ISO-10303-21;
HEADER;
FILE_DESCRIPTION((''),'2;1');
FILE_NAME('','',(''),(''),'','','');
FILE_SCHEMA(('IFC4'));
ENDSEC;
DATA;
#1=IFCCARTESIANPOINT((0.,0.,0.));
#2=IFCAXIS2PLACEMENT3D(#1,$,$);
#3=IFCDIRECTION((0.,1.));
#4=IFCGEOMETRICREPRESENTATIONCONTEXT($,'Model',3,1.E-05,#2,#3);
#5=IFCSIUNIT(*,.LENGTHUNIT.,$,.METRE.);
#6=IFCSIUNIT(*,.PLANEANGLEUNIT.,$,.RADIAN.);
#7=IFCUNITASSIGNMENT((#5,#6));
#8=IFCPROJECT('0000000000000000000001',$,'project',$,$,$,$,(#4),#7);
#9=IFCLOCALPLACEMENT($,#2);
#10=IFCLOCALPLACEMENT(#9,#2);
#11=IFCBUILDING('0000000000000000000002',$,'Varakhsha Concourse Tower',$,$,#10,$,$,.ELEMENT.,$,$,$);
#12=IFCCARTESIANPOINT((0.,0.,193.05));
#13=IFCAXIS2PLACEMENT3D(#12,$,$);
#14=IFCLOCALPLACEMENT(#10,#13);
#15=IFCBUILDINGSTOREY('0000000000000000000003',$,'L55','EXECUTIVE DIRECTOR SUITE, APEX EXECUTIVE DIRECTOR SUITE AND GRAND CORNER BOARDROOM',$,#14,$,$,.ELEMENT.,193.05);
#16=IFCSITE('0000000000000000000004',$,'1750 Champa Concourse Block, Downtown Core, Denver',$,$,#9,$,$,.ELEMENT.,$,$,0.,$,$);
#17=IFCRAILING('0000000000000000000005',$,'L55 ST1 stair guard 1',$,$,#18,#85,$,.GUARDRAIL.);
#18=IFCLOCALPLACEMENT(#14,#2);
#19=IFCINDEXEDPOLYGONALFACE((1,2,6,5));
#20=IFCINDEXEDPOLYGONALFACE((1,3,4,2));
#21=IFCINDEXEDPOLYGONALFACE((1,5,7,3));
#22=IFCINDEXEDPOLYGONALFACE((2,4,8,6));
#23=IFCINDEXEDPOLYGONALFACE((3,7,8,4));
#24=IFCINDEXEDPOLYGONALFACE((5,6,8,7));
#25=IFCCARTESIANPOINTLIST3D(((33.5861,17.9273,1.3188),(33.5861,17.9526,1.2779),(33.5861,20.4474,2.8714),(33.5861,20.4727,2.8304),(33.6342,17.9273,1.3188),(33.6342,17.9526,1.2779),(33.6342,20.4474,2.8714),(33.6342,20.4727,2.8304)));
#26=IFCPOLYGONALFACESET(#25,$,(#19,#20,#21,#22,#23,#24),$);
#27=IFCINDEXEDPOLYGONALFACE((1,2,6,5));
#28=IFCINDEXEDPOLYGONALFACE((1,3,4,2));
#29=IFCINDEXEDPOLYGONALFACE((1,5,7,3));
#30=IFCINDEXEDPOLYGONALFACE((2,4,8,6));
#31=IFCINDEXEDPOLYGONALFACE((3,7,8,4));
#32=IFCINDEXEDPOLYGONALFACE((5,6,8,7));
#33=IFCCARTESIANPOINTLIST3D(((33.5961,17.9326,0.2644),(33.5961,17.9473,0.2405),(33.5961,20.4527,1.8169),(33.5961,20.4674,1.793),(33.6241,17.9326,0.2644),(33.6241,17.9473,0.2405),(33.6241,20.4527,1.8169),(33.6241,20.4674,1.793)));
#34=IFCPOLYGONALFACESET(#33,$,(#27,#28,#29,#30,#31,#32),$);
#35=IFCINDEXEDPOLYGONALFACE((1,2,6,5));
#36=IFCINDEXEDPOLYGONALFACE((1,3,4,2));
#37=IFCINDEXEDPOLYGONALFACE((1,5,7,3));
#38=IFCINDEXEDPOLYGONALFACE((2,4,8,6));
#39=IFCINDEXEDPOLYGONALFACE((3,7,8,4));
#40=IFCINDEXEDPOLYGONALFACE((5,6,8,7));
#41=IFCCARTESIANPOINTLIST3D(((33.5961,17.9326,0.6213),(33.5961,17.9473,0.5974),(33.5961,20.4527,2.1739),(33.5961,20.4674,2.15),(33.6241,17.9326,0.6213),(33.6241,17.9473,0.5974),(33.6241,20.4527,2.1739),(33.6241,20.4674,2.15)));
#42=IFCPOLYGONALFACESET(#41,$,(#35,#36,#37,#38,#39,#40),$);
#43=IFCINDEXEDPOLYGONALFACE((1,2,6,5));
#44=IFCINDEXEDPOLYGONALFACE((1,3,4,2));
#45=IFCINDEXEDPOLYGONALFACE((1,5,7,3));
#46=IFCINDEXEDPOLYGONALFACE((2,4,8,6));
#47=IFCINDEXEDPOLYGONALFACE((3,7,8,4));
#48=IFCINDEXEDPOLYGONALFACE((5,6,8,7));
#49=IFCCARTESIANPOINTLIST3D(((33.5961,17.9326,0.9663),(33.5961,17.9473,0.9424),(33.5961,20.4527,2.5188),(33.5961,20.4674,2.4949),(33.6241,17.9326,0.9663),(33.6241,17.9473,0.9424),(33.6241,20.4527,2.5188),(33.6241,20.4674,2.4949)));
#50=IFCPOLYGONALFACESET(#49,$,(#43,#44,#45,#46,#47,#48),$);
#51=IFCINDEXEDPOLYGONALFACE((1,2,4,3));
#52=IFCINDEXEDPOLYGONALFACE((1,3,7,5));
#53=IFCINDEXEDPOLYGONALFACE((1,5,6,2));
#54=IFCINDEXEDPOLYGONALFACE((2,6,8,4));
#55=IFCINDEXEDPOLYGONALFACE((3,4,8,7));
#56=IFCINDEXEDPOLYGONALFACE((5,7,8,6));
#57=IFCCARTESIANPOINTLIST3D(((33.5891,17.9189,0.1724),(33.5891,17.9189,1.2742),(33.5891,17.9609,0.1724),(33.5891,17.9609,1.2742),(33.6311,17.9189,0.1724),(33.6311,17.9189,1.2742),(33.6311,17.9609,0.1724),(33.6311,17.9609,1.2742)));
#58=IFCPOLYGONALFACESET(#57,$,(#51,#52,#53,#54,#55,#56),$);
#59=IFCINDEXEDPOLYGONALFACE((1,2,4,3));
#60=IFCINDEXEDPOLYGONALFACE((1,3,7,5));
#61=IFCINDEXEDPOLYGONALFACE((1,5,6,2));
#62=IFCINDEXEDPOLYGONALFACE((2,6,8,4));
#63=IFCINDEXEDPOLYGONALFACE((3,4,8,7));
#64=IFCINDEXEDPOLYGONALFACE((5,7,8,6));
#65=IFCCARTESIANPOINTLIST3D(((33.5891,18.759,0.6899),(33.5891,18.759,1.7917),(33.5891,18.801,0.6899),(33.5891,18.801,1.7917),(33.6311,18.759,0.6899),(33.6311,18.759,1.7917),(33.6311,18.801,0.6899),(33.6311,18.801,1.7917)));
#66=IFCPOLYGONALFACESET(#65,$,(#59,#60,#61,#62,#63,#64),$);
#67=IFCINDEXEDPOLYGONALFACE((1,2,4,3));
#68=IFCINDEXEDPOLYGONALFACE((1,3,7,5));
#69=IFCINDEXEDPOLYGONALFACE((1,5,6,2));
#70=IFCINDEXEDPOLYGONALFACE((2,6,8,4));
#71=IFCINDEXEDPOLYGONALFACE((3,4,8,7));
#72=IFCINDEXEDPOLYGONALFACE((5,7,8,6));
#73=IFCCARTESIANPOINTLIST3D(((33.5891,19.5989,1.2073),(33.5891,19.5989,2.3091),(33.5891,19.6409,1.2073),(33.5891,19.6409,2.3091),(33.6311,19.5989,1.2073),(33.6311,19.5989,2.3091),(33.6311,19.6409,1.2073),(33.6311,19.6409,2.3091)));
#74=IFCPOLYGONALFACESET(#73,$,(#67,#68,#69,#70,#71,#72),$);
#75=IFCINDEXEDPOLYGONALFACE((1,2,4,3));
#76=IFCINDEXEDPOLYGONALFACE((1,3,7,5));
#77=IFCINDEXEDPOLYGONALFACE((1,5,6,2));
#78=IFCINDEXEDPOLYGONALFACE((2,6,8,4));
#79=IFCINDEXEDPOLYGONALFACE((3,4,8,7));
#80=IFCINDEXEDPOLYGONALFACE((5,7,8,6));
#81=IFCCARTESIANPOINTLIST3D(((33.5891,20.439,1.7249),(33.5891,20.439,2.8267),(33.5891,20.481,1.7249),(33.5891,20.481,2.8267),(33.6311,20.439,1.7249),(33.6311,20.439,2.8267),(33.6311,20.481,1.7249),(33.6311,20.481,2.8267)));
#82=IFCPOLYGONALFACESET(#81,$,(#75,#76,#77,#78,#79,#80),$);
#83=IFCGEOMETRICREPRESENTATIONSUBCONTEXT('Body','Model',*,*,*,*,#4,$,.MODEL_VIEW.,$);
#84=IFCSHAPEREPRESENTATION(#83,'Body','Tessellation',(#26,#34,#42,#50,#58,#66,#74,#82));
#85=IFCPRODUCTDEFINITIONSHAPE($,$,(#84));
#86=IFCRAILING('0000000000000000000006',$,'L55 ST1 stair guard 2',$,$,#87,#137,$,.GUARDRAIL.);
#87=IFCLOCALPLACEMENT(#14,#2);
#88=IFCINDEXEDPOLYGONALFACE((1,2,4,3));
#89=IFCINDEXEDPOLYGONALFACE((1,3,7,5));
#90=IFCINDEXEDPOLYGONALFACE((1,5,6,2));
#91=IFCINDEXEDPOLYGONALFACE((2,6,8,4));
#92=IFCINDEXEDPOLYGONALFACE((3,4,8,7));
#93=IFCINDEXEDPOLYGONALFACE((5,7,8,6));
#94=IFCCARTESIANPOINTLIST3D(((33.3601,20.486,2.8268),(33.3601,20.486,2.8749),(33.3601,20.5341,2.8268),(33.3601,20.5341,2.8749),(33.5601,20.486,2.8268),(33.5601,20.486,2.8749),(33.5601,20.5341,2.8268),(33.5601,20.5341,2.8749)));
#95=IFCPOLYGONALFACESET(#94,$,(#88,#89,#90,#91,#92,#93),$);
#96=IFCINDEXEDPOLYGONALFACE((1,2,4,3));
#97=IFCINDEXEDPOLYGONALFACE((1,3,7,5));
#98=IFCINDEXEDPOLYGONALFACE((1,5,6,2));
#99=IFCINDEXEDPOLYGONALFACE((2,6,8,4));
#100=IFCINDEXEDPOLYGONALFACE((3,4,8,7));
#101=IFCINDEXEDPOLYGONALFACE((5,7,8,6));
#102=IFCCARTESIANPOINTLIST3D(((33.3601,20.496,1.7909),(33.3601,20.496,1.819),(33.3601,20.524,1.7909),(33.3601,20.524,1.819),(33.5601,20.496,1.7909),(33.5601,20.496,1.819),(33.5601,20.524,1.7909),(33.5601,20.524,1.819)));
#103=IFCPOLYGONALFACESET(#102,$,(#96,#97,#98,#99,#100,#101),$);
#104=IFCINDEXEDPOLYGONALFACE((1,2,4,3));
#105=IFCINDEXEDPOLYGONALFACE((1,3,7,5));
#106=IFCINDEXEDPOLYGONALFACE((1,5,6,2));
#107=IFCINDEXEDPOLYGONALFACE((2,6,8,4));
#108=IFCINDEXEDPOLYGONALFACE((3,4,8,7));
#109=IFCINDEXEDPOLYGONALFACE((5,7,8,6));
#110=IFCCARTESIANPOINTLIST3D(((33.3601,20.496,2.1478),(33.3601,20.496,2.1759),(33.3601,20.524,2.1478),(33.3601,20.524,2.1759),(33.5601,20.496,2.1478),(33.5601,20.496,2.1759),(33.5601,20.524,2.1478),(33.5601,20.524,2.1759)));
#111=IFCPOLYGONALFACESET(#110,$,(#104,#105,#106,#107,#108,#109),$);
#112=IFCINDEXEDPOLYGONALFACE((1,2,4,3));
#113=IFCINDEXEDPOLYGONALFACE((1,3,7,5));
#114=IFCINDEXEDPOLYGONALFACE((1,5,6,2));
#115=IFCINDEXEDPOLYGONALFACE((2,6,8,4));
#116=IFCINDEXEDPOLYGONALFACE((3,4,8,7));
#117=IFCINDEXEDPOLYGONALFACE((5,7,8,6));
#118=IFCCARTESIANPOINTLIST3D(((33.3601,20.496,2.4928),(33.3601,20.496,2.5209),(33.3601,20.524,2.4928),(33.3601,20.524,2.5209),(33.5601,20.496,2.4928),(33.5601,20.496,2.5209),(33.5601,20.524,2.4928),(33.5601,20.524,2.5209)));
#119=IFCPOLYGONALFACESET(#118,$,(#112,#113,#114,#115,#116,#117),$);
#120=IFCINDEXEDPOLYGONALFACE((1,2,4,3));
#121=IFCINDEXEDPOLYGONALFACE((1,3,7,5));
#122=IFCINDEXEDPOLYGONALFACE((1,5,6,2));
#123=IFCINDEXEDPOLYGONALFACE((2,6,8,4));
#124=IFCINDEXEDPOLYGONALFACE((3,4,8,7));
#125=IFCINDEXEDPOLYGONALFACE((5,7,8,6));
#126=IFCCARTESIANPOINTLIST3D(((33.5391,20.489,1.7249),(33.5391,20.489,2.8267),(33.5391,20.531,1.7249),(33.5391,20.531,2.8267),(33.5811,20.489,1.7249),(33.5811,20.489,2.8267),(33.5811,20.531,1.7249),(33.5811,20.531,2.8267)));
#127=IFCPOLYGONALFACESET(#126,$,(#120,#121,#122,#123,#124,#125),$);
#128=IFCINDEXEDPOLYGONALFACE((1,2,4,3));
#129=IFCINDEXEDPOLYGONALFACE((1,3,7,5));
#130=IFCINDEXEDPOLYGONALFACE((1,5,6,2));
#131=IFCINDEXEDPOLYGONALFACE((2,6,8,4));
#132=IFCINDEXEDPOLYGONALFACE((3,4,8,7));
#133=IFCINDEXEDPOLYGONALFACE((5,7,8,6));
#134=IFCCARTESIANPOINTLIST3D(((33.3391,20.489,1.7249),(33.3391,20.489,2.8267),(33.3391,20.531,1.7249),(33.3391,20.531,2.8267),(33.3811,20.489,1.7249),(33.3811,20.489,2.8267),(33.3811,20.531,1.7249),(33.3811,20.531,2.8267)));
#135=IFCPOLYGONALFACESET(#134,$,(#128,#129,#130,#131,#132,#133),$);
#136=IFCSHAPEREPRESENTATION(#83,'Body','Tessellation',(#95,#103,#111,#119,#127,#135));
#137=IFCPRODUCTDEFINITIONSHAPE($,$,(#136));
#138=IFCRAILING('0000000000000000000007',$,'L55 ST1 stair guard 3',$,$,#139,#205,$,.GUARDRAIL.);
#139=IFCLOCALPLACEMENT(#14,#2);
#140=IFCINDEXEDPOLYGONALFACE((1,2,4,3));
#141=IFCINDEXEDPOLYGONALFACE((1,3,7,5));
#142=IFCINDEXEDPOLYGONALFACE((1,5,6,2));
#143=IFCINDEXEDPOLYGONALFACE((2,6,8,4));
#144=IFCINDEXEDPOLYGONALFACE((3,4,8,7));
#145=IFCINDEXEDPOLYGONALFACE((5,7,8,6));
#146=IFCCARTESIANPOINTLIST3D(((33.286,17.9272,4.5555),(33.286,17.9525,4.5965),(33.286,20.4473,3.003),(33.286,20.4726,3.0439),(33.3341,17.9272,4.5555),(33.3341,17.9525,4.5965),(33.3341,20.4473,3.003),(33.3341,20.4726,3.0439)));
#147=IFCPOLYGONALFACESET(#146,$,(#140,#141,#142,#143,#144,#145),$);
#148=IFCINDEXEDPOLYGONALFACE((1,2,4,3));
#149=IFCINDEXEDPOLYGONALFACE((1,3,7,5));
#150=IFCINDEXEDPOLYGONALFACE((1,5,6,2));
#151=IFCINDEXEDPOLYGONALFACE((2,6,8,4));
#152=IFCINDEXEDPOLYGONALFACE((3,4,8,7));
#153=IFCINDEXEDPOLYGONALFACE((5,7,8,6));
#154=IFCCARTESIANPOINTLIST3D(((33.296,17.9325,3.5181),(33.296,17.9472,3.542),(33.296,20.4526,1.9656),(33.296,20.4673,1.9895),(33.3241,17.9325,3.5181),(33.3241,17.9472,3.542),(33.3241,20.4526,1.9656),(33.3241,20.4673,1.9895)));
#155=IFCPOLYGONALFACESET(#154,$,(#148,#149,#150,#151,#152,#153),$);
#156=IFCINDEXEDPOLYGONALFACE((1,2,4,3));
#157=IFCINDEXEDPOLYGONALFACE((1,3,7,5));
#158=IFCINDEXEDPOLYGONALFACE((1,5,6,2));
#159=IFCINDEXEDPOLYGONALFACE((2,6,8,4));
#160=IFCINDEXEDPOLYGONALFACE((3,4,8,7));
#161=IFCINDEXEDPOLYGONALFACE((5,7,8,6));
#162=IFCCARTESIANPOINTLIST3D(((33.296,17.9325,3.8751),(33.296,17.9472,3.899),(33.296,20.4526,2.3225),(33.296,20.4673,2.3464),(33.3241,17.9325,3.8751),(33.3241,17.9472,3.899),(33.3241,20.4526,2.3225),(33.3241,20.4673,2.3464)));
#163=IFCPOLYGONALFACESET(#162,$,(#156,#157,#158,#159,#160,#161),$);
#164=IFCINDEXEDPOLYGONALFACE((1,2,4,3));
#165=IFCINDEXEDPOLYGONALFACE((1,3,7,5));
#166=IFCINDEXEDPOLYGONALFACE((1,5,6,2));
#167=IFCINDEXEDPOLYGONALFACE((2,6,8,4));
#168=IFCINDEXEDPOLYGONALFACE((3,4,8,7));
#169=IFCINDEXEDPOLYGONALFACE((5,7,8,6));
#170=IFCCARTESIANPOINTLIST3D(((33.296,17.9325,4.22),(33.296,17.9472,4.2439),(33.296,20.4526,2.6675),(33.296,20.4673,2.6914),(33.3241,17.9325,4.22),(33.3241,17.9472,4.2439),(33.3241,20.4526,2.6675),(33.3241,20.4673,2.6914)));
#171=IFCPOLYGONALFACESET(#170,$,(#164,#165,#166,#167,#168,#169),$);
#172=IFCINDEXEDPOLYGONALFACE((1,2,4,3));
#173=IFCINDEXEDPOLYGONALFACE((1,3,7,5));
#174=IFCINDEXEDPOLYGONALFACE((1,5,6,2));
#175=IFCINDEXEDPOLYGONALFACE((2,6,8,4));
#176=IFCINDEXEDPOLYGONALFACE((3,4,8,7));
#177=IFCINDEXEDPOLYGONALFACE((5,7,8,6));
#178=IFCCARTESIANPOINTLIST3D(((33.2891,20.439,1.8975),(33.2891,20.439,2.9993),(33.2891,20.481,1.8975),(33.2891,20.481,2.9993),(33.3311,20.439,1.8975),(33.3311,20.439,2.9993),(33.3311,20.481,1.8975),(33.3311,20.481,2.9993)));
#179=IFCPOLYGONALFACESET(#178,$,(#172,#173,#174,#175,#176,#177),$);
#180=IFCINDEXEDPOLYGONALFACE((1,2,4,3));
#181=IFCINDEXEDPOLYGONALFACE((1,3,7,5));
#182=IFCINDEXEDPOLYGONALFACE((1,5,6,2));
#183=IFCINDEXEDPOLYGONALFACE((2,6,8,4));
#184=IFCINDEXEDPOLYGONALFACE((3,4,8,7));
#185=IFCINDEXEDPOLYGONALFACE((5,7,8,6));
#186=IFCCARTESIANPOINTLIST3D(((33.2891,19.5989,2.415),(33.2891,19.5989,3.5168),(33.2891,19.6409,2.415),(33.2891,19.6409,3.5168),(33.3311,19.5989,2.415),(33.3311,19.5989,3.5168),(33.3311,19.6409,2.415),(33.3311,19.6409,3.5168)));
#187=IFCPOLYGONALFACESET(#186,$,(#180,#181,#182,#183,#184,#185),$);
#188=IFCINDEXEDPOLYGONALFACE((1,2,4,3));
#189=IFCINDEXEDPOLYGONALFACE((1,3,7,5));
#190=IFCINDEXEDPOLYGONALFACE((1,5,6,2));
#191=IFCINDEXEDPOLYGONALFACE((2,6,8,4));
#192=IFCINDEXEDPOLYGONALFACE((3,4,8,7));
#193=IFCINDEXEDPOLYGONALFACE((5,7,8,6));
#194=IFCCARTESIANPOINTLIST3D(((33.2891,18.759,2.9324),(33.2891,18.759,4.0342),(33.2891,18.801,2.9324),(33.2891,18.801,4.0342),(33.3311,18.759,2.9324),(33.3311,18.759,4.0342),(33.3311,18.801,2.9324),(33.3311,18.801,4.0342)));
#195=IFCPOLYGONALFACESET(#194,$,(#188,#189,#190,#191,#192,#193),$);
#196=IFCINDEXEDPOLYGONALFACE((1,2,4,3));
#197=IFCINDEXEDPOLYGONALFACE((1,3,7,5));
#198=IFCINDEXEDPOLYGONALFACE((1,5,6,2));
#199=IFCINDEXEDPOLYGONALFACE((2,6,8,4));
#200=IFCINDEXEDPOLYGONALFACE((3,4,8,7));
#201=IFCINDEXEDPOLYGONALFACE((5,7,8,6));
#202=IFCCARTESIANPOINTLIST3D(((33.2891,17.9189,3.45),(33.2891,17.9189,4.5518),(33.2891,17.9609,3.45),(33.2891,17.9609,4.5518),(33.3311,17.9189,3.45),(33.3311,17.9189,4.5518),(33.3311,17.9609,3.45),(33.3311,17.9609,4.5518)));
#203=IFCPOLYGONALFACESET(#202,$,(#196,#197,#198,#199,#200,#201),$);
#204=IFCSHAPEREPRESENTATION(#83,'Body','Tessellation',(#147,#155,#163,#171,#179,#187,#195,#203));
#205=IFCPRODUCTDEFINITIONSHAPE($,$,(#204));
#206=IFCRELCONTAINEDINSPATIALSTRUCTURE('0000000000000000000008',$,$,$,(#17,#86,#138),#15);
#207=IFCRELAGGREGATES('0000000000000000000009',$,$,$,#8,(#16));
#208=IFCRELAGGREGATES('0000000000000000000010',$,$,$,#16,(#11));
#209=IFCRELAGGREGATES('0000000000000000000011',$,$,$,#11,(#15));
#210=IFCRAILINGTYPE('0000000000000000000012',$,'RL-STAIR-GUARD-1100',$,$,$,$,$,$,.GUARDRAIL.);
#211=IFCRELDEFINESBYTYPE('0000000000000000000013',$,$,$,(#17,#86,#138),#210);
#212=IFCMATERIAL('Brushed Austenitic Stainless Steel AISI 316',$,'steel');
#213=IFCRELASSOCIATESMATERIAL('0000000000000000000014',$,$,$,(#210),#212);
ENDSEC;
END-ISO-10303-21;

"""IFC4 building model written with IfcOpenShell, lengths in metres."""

from ifc_helpers import new_model, si_unit, direction, frame, origin, origin_2d, place, context, subcontext, project, spatial, rectangle, extrude, material, type_object, element, save


model = new_model("IFC4")

# Units and contexts
model_context = context("Model", 3, precision=1e-05, world=origin(), true_north=direction((0.0, 1.0)))
body_context = subcontext(model_context, "Body", "Model", "MODEL_VIEW")
ifc_project = project(units=[si_unit("LENGTHUNIT", "METRE"), si_unit("PLANEANGLEUNIT", "RADIAN")], contexts=[model_context])

# Site, building, storey
site_placement = place(None, origin())
site = spatial("IfcSite", under=ifc_project, at=site_placement, Name="1750 Champa Concourse Block, Downtown Core, Denver", CompositionType="ELEMENT", RefElevation=0.0)
building_placement = place(site_placement, origin())
building = spatial("IfcBuilding", under=site, at=building_placement, Name="Varakhsha Concourse Tower", CompositionType="ELEMENT")
storey_placement = place(building_placement, frame((0.0, 0.0, 193.05)))
storey = spatial("IfcBuildingStorey", under=building, at=storey_placement, Name="L55", Description="EXECUTIVE DIRECTOR SUITE, APEX EXECUTIVE DIRECTOR SUITE AND GRAND CORNER BOARDROOM", CompositionType="ELEMENT", Elevation=193.05)

# Railings
ifc_material_1 = material(Name="Brushed Austenitic Stainless Steel AISI 316", Category="steel")
railing_type_1 = type_object("IfcRailingType", Name="RL-STAIR-GUARD-1100", PredefinedType="GUARDRAIL", material=ifc_material_1)
railing_1_placement = place(storey_placement, frame((33.6101, 17.9399, 0.1724)))
element("IfcRailing", 1, at=railing_1_placement, inside=storey, type_object=railing_type_1, Name="L55 ST1 stair guard 1", PredefinedType="GUARDRAIL", context=body_context, shape_type="SweptSolid", body=[
    extrude(rectangle(XDim=0.0481, YDim=0.0481, at=origin_2d()), frame((0.0, 0.0, 1.126), z_axis=(0.0, 0.8514, 0.524516), x_axis=(-1.0, 0.0, 0.0)), (0.0, 0.0, 1.0), 2.96),
    extrude(rectangle(XDim=0.0281, YDim=0.0281, at=origin_2d()), frame((0.0, 0.0, 0.0801), z_axis=(0.0, 0.8514, 0.524516), x_axis=(-1.0, 0.0, 0.0)), (0.0, 0.0, 1.0), 2.96),
    extrude(rectangle(XDim=0.0281, YDim=0.0281, at=origin_2d()), frame((0.0, 0.0, 0.437), z_axis=(0.0, 0.8514, 0.524516), x_axis=(-1.0, 0.0, 0.0)), (0.0, 0.0, 1.0), 2.96),
    extrude(rectangle(XDim=0.0281, YDim=0.0281, at=origin_2d()), frame((0.0, 0.0, 0.782), z_axis=(0.0, 0.8514, 0.524516), x_axis=(-1.0, 0.0, 0.0)), (0.0, 0.0, 1.0), 2.96),
    extrude(rectangle(XDim=0.042, YDim=0.042, at=origin_2d()), origin(), (0.0, 0.0, 1.0), 1.1018),
    extrude(rectangle(XDim=0.042, YDim=0.042, at=origin_2d()), frame((0.0, 0.8401, 0.5176)), (0.0, 0.0, 1.0), 1.1018),
    extrude(rectangle(XDim=0.042, YDim=0.042, at=origin_2d()), frame((0.0, 1.6799, 1.0349)), (0.0, 0.0, 1.0), 1.1018),
    extrude(rectangle(XDim=0.042, YDim=0.042, at=origin_2d()), frame((0.0, 2.52, 1.5525)), (0.0, 0.0, 1.0), 1.1018),
])
railing_2_placement = place(storey_placement, frame((33.5601, 20.51, 1.7249)))
element("IfcRailing", 2, at=railing_2_placement, inside=storey, type_object=railing_type_1, Name="L55 ST1 stair guard 2", PredefinedType="GUARDRAIL", context=body_context, shape_type="SweptSolid", body=[
    extrude(rectangle(XDim=0.0481, YDim=0.0481, at=origin_2d()), frame((0.0, 0.0, 1.126), z_axis=(-1.0, 0.0, 0.0), x_axis=(0.0, -1.0, 0.0)), (0.0, 0.0, 1.0), 0.2),
    extrude(rectangle(XDim=0.0281, YDim=0.0281, at=origin_2d()), frame((0.0, 0.0, 0.0801), z_axis=(-1.0, 0.0, 0.0), x_axis=(0.0, -1.0, 0.0)), (0.0, 0.0, 1.0), 0.2),
    extrude(rectangle(XDim=0.0281, YDim=0.0281, at=origin_2d()), frame((0.0, 0.0, 0.437), z_axis=(-1.0, 0.0, 0.0), x_axis=(0.0, -1.0, 0.0)), (0.0, 0.0, 1.0), 0.2),
    extrude(rectangle(XDim=0.0281, YDim=0.0281, at=origin_2d()), frame((0.0, 0.0, 0.782), z_axis=(-1.0, 0.0, 0.0), x_axis=(0.0, -1.0, 0.0)), (0.0, 0.0, 1.0), 0.2),
    extrude(rectangle(XDim=0.042, YDim=0.042, at=origin_2d()), origin(), (0.0, 0.0, 1.0), 1.1018),
    extrude(rectangle(XDim=0.042, YDim=0.042, at=origin_2d()), frame((-0.2, 0.0, 0.0)), (0.0, 0.0, 1.0), 1.1018),
])
railing_3_placement = place(storey_placement, frame((33.3101, 20.46, 1.8975)))
element("IfcRailing", 3, at=railing_3_placement, inside=storey, type_object=railing_type_1, Name="L55 ST1 stair guard 3", PredefinedType="GUARDRAIL", context=body_context, shape_type="SweptSolid", body=[
    extrude(rectangle(XDim=0.0481, YDim=0.0481, at=origin_2d()), frame((0.0, 0.0, 1.126), z_axis=(0.0, -0.8514, 0.524516), x_axis=(1.0, 0.0, 0.0)), (0.0, 0.0, 1.0), 2.96),
    extrude(rectangle(XDim=0.0281, YDim=0.0281, at=origin_2d()), frame((0.0, 0.0, 0.0801), z_axis=(0.0, -0.8514, 0.524516), x_axis=(1.0, 0.0, 0.0)), (0.0, 0.0, 1.0), 2.96),
    extrude(rectangle(XDim=0.0281, YDim=0.0281, at=origin_2d()), frame((0.0, 0.0, 0.437), z_axis=(0.0, -0.8514, 0.524516), x_axis=(1.0, 0.0, 0.0)), (0.0, 0.0, 1.0), 2.96),
    extrude(rectangle(XDim=0.0281, YDim=0.0281, at=origin_2d()), frame((0.0, 0.0, 0.782), z_axis=(0.0, -0.8514, 0.524516), x_axis=(1.0, 0.0, 0.0)), (0.0, 0.0, 1.0), 2.96),
    extrude(rectangle(XDim=0.042, YDim=0.042, at=origin_2d()), origin(), (0.0, 0.0, 1.0), 1.1018),
    extrude(rectangle(XDim=0.042, YDim=0.042, at=origin_2d()), frame((0.0, -0.8401, 0.5176)), (0.0, 0.0, 1.0), 1.1018),
    extrude(rectangle(XDim=0.042, YDim=0.042, at=origin_2d()), frame((0.0, -1.6799, 1.0349)), (0.0, 0.0, 1.0), 1.1018),
    extrude(rectangle(XDim=0.042, YDim=0.042, at=origin_2d()), frame((0.0, -2.52, 1.5525)), (0.0, 0.0, 1.0), 1.1018),
])

save(model, "model.ifc")
